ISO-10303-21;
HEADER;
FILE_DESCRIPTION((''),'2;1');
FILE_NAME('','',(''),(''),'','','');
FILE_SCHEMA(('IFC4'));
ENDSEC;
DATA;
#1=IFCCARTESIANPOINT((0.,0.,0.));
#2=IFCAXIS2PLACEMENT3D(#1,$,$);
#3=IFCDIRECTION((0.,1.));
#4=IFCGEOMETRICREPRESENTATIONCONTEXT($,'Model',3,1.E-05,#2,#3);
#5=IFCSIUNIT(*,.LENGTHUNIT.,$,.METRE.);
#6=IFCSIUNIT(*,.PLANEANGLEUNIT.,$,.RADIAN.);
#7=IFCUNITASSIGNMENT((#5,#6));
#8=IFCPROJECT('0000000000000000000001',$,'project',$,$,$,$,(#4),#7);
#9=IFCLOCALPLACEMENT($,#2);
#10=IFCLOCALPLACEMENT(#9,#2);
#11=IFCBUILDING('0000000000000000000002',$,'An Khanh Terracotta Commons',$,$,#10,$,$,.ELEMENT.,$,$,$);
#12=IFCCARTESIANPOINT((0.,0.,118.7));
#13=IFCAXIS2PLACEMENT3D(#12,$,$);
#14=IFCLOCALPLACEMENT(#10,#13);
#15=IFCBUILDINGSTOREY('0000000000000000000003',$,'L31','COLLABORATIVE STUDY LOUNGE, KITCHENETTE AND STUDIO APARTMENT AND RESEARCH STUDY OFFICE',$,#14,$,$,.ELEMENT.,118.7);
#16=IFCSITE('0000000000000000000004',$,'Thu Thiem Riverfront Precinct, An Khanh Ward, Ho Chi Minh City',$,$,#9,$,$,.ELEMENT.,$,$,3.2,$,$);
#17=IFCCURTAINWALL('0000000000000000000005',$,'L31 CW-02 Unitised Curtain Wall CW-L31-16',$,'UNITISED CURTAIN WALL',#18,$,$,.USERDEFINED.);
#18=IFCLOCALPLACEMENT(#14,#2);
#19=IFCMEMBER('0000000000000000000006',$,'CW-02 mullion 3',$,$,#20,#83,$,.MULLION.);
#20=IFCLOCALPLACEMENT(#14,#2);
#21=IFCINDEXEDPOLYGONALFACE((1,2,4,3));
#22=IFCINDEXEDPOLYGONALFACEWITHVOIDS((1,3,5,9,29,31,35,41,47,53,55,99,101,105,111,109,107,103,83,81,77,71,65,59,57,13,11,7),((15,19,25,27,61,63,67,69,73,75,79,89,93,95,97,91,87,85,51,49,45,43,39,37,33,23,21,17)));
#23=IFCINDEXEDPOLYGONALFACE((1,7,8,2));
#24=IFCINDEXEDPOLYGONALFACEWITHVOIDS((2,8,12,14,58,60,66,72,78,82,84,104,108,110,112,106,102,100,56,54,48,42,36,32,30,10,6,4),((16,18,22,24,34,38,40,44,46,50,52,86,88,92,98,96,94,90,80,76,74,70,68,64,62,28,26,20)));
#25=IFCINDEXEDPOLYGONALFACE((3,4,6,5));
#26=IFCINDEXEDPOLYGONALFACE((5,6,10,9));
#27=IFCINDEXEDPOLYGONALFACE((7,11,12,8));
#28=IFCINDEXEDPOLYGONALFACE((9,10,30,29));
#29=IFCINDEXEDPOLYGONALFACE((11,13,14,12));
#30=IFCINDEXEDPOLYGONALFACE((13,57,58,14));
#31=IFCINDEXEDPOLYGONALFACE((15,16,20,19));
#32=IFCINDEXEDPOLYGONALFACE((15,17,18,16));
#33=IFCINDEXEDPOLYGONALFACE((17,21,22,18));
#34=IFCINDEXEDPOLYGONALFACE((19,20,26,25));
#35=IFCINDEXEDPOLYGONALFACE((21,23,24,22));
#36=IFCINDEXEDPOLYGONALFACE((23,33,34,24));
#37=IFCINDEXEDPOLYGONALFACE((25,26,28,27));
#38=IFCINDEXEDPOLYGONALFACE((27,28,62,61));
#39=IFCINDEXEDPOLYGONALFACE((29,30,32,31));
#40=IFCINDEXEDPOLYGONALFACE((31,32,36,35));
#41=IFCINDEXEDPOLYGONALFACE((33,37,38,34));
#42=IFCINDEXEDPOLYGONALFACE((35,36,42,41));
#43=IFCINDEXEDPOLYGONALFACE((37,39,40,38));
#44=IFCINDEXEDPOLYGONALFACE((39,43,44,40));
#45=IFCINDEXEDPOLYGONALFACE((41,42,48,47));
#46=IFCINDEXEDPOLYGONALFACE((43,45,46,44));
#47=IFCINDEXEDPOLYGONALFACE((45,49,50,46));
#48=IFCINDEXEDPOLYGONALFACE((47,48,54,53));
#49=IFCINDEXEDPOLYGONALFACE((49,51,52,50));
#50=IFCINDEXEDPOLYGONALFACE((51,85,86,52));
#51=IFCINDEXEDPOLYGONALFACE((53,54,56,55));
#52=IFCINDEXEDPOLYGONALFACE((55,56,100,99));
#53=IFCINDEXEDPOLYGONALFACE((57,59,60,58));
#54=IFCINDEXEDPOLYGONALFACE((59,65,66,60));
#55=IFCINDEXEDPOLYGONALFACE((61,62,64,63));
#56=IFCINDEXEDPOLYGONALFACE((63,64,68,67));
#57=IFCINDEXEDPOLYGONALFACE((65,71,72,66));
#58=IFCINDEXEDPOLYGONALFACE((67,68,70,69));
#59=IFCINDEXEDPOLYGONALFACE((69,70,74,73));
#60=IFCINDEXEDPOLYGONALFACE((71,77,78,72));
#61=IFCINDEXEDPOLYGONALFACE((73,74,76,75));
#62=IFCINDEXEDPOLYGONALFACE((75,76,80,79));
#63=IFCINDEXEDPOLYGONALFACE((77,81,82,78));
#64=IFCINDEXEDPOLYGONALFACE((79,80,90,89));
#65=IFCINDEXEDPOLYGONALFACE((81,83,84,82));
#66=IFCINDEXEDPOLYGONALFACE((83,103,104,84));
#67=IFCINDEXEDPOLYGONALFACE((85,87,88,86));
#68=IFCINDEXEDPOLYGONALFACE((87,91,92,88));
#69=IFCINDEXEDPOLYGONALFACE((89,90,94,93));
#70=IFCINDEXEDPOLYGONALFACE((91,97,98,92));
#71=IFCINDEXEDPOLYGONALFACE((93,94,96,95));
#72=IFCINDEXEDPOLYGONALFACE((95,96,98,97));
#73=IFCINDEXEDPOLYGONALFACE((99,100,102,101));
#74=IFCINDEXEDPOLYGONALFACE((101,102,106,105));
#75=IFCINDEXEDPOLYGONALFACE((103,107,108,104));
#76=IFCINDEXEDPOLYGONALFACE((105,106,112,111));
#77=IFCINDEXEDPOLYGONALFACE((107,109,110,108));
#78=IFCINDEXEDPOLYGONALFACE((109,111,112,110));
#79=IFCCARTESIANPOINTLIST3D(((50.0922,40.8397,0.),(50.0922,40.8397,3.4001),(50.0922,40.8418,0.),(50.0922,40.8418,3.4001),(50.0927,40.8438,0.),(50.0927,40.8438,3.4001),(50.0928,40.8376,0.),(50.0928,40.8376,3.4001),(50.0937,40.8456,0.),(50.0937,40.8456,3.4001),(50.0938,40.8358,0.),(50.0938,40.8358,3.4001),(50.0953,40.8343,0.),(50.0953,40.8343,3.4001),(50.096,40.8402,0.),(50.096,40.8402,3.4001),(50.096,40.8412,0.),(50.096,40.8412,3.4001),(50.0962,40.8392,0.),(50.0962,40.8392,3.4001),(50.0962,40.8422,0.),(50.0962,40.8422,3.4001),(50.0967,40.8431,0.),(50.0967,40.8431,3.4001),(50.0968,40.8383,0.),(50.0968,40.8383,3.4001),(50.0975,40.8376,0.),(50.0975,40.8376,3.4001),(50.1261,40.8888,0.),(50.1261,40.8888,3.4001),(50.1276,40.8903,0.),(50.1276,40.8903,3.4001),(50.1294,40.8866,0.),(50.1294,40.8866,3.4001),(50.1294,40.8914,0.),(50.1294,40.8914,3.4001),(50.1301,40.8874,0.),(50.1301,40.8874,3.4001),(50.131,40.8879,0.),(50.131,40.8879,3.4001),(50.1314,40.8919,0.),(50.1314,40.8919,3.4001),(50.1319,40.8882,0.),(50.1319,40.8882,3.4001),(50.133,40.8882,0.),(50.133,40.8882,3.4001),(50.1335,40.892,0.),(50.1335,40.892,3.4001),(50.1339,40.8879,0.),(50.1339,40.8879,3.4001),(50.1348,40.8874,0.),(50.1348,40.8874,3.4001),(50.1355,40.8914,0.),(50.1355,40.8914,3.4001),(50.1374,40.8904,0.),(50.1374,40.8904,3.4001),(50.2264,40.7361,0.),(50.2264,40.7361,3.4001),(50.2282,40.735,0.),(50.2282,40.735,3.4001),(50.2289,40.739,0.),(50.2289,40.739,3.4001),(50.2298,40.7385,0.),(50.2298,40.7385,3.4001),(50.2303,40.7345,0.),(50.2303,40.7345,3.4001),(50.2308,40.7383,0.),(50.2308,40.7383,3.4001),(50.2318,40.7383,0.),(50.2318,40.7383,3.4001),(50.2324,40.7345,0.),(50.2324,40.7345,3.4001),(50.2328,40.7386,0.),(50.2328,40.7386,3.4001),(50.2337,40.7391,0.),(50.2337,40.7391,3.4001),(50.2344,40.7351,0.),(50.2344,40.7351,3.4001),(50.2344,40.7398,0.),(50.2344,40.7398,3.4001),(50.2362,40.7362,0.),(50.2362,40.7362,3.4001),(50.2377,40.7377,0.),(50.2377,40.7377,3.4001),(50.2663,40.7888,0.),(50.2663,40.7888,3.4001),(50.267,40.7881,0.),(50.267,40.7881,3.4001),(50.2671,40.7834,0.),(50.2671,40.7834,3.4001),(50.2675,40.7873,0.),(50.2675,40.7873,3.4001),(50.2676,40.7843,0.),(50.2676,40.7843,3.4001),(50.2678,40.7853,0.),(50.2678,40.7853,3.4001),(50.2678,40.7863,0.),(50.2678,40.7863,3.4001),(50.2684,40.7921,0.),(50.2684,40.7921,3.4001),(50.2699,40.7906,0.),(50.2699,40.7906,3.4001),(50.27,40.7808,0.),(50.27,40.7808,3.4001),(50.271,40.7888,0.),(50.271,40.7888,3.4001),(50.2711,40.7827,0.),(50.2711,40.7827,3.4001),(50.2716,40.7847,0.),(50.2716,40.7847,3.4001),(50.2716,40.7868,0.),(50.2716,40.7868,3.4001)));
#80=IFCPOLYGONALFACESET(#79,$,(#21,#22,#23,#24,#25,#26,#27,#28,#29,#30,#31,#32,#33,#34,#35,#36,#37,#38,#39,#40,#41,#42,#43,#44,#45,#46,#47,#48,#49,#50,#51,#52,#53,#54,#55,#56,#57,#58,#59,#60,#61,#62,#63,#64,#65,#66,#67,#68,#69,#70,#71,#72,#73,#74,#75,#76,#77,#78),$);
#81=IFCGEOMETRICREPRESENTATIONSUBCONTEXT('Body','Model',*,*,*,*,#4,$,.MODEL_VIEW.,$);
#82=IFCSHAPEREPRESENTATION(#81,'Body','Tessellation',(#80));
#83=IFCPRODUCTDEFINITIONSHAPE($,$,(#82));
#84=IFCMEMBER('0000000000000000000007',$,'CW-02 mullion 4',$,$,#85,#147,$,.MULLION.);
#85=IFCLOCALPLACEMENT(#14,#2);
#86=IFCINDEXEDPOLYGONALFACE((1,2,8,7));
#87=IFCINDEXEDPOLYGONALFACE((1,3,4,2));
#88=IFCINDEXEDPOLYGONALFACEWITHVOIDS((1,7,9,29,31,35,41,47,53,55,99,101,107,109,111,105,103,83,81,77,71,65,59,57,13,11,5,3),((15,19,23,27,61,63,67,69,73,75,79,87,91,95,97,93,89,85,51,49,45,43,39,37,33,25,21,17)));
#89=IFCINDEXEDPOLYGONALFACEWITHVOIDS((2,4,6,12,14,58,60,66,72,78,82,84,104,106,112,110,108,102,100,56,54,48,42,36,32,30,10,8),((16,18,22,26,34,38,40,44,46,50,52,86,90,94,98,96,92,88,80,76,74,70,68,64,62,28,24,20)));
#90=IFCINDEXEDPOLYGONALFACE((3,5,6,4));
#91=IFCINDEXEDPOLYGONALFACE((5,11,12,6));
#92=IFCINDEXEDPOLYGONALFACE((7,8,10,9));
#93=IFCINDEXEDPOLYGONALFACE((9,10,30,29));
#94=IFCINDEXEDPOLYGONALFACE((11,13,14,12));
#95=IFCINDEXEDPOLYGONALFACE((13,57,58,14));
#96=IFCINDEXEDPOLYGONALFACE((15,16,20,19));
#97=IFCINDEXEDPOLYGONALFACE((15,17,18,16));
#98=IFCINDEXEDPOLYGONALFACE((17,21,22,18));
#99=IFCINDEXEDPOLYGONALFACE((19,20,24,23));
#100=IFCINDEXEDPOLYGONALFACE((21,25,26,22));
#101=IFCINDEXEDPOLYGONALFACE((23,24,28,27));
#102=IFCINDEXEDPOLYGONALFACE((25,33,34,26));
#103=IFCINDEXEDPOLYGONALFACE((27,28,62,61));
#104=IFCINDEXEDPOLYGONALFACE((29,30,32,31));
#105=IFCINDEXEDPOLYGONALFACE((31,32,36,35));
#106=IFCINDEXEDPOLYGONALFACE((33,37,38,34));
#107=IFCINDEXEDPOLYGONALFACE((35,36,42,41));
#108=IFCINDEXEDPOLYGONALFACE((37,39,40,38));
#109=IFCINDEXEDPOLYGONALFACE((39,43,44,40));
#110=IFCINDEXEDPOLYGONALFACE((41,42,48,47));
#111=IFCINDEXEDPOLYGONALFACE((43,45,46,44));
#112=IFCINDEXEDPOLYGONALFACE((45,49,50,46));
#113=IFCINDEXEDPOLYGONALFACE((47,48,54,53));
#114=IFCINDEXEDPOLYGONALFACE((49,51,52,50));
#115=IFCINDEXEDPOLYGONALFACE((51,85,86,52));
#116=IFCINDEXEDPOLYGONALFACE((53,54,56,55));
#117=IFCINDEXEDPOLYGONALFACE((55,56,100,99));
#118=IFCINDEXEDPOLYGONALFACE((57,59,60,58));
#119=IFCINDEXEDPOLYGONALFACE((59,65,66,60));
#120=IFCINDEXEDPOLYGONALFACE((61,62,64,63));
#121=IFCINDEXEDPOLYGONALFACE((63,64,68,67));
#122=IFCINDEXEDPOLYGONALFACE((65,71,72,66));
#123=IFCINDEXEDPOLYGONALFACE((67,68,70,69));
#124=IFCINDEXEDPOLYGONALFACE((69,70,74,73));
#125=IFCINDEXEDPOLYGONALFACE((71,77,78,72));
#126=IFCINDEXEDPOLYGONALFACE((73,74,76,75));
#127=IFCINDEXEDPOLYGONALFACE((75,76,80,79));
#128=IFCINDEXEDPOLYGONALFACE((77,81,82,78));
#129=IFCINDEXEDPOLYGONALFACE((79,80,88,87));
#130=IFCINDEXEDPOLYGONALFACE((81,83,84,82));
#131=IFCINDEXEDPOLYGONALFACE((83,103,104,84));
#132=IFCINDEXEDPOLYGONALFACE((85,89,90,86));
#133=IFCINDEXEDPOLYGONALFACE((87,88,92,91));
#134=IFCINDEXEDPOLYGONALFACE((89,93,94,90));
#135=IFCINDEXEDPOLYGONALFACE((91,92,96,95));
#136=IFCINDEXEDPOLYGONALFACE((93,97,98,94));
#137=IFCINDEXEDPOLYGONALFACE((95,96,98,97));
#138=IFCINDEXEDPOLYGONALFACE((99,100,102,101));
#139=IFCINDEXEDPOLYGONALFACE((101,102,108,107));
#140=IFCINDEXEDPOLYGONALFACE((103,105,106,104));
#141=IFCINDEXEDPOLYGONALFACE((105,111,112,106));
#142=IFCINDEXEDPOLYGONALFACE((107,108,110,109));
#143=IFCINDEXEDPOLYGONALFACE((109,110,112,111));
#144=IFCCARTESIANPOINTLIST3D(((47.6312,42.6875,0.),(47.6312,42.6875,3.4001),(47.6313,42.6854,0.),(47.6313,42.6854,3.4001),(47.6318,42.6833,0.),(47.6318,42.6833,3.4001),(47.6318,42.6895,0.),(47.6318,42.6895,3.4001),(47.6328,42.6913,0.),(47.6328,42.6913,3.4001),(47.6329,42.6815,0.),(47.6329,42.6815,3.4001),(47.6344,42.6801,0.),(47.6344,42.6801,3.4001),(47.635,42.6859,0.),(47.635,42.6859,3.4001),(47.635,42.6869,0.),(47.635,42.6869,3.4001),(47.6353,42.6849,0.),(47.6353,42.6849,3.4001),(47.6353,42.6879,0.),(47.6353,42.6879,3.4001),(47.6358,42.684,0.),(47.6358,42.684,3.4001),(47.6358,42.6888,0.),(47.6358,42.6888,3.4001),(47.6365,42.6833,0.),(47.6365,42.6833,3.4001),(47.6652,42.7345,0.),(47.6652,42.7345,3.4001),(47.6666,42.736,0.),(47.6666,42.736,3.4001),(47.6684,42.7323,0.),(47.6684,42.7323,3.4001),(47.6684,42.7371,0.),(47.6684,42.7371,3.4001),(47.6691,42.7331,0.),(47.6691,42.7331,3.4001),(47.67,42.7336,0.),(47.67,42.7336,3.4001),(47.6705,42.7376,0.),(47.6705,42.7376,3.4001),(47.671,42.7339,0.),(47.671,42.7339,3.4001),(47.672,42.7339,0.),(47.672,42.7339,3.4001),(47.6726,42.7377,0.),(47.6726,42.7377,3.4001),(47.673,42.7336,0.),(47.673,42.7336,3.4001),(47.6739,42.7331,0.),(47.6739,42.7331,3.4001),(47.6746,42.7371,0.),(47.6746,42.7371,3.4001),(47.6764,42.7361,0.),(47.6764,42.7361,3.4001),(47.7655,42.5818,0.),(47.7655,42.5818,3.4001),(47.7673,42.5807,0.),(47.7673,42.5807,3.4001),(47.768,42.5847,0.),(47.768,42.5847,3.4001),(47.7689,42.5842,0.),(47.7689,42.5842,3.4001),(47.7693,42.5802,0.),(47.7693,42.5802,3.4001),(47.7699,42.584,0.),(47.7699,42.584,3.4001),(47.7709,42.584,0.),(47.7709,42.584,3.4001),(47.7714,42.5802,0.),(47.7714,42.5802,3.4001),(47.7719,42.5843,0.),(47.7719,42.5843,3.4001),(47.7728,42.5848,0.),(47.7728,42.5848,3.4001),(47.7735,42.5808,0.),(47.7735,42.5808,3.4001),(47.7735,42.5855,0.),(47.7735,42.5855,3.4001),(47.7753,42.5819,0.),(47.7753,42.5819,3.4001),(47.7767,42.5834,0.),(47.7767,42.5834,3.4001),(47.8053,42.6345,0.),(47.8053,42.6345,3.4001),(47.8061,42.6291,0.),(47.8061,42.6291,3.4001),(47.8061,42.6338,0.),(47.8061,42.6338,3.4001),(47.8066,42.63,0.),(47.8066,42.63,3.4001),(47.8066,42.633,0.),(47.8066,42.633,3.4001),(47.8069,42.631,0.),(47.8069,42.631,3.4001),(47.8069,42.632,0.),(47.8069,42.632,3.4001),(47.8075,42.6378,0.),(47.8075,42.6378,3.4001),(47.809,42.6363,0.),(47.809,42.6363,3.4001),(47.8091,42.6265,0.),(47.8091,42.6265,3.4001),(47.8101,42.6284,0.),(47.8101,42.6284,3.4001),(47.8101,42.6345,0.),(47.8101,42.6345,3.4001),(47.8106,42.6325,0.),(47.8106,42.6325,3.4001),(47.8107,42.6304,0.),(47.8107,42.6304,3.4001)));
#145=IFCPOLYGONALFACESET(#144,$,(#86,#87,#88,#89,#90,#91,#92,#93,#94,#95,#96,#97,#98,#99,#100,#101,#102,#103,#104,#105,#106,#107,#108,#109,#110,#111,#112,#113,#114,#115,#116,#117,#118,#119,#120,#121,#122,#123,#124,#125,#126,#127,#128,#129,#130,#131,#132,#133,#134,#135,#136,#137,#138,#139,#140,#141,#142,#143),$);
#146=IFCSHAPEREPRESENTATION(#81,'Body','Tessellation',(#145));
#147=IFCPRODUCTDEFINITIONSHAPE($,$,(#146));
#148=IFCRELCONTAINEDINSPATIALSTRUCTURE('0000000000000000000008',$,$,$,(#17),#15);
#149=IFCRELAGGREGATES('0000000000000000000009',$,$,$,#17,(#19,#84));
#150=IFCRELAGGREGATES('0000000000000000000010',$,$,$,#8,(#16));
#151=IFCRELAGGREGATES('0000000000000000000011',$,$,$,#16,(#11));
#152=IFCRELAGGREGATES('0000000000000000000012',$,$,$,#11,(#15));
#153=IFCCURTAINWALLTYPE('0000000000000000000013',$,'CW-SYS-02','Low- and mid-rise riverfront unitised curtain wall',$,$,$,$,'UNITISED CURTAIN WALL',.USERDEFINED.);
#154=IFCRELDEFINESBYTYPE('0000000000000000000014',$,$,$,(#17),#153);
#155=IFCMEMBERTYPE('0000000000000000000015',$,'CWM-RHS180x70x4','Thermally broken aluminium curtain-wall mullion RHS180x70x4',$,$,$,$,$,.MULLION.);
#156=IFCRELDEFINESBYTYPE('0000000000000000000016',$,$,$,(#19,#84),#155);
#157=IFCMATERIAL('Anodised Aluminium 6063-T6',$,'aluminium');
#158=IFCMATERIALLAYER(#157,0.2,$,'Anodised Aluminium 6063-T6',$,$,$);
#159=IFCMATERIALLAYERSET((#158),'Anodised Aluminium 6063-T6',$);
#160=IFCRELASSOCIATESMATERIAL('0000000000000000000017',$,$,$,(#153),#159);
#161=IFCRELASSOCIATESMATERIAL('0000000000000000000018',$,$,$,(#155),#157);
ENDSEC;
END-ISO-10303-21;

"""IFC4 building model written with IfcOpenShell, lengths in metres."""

from ifc_helpers import new_model, si_unit, direction, frame, origin, origin_2d, place, context, subcontext, project, spatial, hollow_rectangle, extrude, material, layer, layer_set, material_profile, profile_set, type_object, element, aggregate, save


model = new_model("IFC4")

# Units and contexts
model_context = context("Model", 3, precision=1e-05, world=origin(), true_north=direction((0.0, 1.0)))
body_context = subcontext(model_context, "Body", "Model", "MODEL_VIEW")
ifc_project = project(units=[si_unit("LENGTHUNIT", "METRE"), si_unit("PLANEANGLEUNIT", "RADIAN")], contexts=[model_context])

# Site, building, storey
site_placement = place(None, origin())
site = spatial("IfcSite", under=ifc_project, at=site_placement, Name="Thu Thiem Riverfront Precinct, An Khanh Ward, Ho Chi Minh City", CompositionType="ELEMENT", RefElevation=3.2)
building_placement = place(site_placement, origin())
building = spatial("IfcBuilding", under=site, at=building_placement, Name="An Khanh Terracotta Commons", CompositionType="ELEMENT")
storey_placement = place(building_placement, frame((0.0, 0.0, 118.7)))
storey = spatial("IfcBuildingStorey", under=building, at=storey_placement, Name="L31", Description="COLLABORATIVE STUDY LOUNGE, KITCHENETTE AND STUDIO APARTMENT AND RESEARCH STUDY OFFICE", CompositionType="ELEMENT", Elevation=118.7)

# Curtain wall, members
ifc_material_1 = material(Name="Anodised Aluminium 6063-T6", Category="aluminium")
ifc_layer_1 = layer(ifc_material_1, 0.2, Name="Anodised Aluminium 6063-T6")
ifc_layer_set_1 = layer_set([ifc_layer_1], Name="Anodised Aluminium 6063-T6")
curtain_wall_type = type_object("IfcCurtainWallType", Name="CW-SYS-02", Description="Low- and mid-rise riverfront unitised curtain wall", ElementType="UNITISED CURTAIN WALL", PredefinedType="USERDEFINED", material=ifc_layer_set_1)
curtain_wall_placement = place(storey_placement, origin())
curtain_wall = element("IfcCurtainWall", 1, at=curtain_wall_placement, inside=storey, type_object=curtain_wall_type, Name="L31 CW-02 Unitised Curtain Wall CW-L31-16", ObjectType="UNITISED CURTAIN WALL", PredefinedType="USERDEFINED")
ifc_material_profile_1 = material_profile(ifc_material_1, hollow_rectangle(XDim=0.0701, YDim=0.1799, WallThickness=0.0039, InnerFilletRadius=0.0039, OuterFilletRadius=0.0081, at=origin_2d()), Name="RHS180x70x4")
ifc_profile_set_1 = profile_set([ifc_material_profile_1], Name="Anodised Aluminium 6063-T6")
member_type_1 = type_object("IfcMemberType", Name="CWM-RHS180x70x4", Description="Thermally broken aluminium curtain-wall mullion RHS180x70x4", PredefinedType="MULLION", material=ifc_profile_set_1)
member_1_placement = place(storey_placement, frame((50.1819, 40.8132, 0.0), z_axis=(0.0, 0.0, 1.0), x_axis=(-0.599983, -0.800013, 0.0)))
member_1 = element("IfcMember", 2, at=member_1_placement, type_object=member_type_1, Name="CW-02 mullion 3", PredefinedType="MULLION", context=body_context, shape_type="SweptSolid", body=[
    extrude(hollow_rectangle(XDim=0.0701, YDim=0.1799, WallThickness=0.0039, InnerFilletRadius=0.0039, OuterFilletRadius=0.0081, at=origin_2d()), origin(), (0.0, 0.0, 1.0), 3.4001),
])
member_2_placement = place(storey_placement, frame((47.7209, 42.6589, 0.0), z_axis=(0.0, 0.0, 1.0), x_axis=(-0.599983, -0.800013, 0.0)))
member_2 = element("IfcMember", 3, at=member_2_placement, type_object=member_type_1, Name="CW-02 mullion 4", PredefinedType="MULLION", context=body_context, shape_type="SweptSolid", body=[
    extrude(hollow_rectangle(XDim=0.0701, YDim=0.1799, WallThickness=0.0039, InnerFilletRadius=0.0039, OuterFilletRadius=0.0081, at=origin_2d()), origin(), (0.0, 0.0, 1.0), 3.4001),
])
aggregate(curtain_wall, [member_1, member_2])

save(model, "model.ifc")
